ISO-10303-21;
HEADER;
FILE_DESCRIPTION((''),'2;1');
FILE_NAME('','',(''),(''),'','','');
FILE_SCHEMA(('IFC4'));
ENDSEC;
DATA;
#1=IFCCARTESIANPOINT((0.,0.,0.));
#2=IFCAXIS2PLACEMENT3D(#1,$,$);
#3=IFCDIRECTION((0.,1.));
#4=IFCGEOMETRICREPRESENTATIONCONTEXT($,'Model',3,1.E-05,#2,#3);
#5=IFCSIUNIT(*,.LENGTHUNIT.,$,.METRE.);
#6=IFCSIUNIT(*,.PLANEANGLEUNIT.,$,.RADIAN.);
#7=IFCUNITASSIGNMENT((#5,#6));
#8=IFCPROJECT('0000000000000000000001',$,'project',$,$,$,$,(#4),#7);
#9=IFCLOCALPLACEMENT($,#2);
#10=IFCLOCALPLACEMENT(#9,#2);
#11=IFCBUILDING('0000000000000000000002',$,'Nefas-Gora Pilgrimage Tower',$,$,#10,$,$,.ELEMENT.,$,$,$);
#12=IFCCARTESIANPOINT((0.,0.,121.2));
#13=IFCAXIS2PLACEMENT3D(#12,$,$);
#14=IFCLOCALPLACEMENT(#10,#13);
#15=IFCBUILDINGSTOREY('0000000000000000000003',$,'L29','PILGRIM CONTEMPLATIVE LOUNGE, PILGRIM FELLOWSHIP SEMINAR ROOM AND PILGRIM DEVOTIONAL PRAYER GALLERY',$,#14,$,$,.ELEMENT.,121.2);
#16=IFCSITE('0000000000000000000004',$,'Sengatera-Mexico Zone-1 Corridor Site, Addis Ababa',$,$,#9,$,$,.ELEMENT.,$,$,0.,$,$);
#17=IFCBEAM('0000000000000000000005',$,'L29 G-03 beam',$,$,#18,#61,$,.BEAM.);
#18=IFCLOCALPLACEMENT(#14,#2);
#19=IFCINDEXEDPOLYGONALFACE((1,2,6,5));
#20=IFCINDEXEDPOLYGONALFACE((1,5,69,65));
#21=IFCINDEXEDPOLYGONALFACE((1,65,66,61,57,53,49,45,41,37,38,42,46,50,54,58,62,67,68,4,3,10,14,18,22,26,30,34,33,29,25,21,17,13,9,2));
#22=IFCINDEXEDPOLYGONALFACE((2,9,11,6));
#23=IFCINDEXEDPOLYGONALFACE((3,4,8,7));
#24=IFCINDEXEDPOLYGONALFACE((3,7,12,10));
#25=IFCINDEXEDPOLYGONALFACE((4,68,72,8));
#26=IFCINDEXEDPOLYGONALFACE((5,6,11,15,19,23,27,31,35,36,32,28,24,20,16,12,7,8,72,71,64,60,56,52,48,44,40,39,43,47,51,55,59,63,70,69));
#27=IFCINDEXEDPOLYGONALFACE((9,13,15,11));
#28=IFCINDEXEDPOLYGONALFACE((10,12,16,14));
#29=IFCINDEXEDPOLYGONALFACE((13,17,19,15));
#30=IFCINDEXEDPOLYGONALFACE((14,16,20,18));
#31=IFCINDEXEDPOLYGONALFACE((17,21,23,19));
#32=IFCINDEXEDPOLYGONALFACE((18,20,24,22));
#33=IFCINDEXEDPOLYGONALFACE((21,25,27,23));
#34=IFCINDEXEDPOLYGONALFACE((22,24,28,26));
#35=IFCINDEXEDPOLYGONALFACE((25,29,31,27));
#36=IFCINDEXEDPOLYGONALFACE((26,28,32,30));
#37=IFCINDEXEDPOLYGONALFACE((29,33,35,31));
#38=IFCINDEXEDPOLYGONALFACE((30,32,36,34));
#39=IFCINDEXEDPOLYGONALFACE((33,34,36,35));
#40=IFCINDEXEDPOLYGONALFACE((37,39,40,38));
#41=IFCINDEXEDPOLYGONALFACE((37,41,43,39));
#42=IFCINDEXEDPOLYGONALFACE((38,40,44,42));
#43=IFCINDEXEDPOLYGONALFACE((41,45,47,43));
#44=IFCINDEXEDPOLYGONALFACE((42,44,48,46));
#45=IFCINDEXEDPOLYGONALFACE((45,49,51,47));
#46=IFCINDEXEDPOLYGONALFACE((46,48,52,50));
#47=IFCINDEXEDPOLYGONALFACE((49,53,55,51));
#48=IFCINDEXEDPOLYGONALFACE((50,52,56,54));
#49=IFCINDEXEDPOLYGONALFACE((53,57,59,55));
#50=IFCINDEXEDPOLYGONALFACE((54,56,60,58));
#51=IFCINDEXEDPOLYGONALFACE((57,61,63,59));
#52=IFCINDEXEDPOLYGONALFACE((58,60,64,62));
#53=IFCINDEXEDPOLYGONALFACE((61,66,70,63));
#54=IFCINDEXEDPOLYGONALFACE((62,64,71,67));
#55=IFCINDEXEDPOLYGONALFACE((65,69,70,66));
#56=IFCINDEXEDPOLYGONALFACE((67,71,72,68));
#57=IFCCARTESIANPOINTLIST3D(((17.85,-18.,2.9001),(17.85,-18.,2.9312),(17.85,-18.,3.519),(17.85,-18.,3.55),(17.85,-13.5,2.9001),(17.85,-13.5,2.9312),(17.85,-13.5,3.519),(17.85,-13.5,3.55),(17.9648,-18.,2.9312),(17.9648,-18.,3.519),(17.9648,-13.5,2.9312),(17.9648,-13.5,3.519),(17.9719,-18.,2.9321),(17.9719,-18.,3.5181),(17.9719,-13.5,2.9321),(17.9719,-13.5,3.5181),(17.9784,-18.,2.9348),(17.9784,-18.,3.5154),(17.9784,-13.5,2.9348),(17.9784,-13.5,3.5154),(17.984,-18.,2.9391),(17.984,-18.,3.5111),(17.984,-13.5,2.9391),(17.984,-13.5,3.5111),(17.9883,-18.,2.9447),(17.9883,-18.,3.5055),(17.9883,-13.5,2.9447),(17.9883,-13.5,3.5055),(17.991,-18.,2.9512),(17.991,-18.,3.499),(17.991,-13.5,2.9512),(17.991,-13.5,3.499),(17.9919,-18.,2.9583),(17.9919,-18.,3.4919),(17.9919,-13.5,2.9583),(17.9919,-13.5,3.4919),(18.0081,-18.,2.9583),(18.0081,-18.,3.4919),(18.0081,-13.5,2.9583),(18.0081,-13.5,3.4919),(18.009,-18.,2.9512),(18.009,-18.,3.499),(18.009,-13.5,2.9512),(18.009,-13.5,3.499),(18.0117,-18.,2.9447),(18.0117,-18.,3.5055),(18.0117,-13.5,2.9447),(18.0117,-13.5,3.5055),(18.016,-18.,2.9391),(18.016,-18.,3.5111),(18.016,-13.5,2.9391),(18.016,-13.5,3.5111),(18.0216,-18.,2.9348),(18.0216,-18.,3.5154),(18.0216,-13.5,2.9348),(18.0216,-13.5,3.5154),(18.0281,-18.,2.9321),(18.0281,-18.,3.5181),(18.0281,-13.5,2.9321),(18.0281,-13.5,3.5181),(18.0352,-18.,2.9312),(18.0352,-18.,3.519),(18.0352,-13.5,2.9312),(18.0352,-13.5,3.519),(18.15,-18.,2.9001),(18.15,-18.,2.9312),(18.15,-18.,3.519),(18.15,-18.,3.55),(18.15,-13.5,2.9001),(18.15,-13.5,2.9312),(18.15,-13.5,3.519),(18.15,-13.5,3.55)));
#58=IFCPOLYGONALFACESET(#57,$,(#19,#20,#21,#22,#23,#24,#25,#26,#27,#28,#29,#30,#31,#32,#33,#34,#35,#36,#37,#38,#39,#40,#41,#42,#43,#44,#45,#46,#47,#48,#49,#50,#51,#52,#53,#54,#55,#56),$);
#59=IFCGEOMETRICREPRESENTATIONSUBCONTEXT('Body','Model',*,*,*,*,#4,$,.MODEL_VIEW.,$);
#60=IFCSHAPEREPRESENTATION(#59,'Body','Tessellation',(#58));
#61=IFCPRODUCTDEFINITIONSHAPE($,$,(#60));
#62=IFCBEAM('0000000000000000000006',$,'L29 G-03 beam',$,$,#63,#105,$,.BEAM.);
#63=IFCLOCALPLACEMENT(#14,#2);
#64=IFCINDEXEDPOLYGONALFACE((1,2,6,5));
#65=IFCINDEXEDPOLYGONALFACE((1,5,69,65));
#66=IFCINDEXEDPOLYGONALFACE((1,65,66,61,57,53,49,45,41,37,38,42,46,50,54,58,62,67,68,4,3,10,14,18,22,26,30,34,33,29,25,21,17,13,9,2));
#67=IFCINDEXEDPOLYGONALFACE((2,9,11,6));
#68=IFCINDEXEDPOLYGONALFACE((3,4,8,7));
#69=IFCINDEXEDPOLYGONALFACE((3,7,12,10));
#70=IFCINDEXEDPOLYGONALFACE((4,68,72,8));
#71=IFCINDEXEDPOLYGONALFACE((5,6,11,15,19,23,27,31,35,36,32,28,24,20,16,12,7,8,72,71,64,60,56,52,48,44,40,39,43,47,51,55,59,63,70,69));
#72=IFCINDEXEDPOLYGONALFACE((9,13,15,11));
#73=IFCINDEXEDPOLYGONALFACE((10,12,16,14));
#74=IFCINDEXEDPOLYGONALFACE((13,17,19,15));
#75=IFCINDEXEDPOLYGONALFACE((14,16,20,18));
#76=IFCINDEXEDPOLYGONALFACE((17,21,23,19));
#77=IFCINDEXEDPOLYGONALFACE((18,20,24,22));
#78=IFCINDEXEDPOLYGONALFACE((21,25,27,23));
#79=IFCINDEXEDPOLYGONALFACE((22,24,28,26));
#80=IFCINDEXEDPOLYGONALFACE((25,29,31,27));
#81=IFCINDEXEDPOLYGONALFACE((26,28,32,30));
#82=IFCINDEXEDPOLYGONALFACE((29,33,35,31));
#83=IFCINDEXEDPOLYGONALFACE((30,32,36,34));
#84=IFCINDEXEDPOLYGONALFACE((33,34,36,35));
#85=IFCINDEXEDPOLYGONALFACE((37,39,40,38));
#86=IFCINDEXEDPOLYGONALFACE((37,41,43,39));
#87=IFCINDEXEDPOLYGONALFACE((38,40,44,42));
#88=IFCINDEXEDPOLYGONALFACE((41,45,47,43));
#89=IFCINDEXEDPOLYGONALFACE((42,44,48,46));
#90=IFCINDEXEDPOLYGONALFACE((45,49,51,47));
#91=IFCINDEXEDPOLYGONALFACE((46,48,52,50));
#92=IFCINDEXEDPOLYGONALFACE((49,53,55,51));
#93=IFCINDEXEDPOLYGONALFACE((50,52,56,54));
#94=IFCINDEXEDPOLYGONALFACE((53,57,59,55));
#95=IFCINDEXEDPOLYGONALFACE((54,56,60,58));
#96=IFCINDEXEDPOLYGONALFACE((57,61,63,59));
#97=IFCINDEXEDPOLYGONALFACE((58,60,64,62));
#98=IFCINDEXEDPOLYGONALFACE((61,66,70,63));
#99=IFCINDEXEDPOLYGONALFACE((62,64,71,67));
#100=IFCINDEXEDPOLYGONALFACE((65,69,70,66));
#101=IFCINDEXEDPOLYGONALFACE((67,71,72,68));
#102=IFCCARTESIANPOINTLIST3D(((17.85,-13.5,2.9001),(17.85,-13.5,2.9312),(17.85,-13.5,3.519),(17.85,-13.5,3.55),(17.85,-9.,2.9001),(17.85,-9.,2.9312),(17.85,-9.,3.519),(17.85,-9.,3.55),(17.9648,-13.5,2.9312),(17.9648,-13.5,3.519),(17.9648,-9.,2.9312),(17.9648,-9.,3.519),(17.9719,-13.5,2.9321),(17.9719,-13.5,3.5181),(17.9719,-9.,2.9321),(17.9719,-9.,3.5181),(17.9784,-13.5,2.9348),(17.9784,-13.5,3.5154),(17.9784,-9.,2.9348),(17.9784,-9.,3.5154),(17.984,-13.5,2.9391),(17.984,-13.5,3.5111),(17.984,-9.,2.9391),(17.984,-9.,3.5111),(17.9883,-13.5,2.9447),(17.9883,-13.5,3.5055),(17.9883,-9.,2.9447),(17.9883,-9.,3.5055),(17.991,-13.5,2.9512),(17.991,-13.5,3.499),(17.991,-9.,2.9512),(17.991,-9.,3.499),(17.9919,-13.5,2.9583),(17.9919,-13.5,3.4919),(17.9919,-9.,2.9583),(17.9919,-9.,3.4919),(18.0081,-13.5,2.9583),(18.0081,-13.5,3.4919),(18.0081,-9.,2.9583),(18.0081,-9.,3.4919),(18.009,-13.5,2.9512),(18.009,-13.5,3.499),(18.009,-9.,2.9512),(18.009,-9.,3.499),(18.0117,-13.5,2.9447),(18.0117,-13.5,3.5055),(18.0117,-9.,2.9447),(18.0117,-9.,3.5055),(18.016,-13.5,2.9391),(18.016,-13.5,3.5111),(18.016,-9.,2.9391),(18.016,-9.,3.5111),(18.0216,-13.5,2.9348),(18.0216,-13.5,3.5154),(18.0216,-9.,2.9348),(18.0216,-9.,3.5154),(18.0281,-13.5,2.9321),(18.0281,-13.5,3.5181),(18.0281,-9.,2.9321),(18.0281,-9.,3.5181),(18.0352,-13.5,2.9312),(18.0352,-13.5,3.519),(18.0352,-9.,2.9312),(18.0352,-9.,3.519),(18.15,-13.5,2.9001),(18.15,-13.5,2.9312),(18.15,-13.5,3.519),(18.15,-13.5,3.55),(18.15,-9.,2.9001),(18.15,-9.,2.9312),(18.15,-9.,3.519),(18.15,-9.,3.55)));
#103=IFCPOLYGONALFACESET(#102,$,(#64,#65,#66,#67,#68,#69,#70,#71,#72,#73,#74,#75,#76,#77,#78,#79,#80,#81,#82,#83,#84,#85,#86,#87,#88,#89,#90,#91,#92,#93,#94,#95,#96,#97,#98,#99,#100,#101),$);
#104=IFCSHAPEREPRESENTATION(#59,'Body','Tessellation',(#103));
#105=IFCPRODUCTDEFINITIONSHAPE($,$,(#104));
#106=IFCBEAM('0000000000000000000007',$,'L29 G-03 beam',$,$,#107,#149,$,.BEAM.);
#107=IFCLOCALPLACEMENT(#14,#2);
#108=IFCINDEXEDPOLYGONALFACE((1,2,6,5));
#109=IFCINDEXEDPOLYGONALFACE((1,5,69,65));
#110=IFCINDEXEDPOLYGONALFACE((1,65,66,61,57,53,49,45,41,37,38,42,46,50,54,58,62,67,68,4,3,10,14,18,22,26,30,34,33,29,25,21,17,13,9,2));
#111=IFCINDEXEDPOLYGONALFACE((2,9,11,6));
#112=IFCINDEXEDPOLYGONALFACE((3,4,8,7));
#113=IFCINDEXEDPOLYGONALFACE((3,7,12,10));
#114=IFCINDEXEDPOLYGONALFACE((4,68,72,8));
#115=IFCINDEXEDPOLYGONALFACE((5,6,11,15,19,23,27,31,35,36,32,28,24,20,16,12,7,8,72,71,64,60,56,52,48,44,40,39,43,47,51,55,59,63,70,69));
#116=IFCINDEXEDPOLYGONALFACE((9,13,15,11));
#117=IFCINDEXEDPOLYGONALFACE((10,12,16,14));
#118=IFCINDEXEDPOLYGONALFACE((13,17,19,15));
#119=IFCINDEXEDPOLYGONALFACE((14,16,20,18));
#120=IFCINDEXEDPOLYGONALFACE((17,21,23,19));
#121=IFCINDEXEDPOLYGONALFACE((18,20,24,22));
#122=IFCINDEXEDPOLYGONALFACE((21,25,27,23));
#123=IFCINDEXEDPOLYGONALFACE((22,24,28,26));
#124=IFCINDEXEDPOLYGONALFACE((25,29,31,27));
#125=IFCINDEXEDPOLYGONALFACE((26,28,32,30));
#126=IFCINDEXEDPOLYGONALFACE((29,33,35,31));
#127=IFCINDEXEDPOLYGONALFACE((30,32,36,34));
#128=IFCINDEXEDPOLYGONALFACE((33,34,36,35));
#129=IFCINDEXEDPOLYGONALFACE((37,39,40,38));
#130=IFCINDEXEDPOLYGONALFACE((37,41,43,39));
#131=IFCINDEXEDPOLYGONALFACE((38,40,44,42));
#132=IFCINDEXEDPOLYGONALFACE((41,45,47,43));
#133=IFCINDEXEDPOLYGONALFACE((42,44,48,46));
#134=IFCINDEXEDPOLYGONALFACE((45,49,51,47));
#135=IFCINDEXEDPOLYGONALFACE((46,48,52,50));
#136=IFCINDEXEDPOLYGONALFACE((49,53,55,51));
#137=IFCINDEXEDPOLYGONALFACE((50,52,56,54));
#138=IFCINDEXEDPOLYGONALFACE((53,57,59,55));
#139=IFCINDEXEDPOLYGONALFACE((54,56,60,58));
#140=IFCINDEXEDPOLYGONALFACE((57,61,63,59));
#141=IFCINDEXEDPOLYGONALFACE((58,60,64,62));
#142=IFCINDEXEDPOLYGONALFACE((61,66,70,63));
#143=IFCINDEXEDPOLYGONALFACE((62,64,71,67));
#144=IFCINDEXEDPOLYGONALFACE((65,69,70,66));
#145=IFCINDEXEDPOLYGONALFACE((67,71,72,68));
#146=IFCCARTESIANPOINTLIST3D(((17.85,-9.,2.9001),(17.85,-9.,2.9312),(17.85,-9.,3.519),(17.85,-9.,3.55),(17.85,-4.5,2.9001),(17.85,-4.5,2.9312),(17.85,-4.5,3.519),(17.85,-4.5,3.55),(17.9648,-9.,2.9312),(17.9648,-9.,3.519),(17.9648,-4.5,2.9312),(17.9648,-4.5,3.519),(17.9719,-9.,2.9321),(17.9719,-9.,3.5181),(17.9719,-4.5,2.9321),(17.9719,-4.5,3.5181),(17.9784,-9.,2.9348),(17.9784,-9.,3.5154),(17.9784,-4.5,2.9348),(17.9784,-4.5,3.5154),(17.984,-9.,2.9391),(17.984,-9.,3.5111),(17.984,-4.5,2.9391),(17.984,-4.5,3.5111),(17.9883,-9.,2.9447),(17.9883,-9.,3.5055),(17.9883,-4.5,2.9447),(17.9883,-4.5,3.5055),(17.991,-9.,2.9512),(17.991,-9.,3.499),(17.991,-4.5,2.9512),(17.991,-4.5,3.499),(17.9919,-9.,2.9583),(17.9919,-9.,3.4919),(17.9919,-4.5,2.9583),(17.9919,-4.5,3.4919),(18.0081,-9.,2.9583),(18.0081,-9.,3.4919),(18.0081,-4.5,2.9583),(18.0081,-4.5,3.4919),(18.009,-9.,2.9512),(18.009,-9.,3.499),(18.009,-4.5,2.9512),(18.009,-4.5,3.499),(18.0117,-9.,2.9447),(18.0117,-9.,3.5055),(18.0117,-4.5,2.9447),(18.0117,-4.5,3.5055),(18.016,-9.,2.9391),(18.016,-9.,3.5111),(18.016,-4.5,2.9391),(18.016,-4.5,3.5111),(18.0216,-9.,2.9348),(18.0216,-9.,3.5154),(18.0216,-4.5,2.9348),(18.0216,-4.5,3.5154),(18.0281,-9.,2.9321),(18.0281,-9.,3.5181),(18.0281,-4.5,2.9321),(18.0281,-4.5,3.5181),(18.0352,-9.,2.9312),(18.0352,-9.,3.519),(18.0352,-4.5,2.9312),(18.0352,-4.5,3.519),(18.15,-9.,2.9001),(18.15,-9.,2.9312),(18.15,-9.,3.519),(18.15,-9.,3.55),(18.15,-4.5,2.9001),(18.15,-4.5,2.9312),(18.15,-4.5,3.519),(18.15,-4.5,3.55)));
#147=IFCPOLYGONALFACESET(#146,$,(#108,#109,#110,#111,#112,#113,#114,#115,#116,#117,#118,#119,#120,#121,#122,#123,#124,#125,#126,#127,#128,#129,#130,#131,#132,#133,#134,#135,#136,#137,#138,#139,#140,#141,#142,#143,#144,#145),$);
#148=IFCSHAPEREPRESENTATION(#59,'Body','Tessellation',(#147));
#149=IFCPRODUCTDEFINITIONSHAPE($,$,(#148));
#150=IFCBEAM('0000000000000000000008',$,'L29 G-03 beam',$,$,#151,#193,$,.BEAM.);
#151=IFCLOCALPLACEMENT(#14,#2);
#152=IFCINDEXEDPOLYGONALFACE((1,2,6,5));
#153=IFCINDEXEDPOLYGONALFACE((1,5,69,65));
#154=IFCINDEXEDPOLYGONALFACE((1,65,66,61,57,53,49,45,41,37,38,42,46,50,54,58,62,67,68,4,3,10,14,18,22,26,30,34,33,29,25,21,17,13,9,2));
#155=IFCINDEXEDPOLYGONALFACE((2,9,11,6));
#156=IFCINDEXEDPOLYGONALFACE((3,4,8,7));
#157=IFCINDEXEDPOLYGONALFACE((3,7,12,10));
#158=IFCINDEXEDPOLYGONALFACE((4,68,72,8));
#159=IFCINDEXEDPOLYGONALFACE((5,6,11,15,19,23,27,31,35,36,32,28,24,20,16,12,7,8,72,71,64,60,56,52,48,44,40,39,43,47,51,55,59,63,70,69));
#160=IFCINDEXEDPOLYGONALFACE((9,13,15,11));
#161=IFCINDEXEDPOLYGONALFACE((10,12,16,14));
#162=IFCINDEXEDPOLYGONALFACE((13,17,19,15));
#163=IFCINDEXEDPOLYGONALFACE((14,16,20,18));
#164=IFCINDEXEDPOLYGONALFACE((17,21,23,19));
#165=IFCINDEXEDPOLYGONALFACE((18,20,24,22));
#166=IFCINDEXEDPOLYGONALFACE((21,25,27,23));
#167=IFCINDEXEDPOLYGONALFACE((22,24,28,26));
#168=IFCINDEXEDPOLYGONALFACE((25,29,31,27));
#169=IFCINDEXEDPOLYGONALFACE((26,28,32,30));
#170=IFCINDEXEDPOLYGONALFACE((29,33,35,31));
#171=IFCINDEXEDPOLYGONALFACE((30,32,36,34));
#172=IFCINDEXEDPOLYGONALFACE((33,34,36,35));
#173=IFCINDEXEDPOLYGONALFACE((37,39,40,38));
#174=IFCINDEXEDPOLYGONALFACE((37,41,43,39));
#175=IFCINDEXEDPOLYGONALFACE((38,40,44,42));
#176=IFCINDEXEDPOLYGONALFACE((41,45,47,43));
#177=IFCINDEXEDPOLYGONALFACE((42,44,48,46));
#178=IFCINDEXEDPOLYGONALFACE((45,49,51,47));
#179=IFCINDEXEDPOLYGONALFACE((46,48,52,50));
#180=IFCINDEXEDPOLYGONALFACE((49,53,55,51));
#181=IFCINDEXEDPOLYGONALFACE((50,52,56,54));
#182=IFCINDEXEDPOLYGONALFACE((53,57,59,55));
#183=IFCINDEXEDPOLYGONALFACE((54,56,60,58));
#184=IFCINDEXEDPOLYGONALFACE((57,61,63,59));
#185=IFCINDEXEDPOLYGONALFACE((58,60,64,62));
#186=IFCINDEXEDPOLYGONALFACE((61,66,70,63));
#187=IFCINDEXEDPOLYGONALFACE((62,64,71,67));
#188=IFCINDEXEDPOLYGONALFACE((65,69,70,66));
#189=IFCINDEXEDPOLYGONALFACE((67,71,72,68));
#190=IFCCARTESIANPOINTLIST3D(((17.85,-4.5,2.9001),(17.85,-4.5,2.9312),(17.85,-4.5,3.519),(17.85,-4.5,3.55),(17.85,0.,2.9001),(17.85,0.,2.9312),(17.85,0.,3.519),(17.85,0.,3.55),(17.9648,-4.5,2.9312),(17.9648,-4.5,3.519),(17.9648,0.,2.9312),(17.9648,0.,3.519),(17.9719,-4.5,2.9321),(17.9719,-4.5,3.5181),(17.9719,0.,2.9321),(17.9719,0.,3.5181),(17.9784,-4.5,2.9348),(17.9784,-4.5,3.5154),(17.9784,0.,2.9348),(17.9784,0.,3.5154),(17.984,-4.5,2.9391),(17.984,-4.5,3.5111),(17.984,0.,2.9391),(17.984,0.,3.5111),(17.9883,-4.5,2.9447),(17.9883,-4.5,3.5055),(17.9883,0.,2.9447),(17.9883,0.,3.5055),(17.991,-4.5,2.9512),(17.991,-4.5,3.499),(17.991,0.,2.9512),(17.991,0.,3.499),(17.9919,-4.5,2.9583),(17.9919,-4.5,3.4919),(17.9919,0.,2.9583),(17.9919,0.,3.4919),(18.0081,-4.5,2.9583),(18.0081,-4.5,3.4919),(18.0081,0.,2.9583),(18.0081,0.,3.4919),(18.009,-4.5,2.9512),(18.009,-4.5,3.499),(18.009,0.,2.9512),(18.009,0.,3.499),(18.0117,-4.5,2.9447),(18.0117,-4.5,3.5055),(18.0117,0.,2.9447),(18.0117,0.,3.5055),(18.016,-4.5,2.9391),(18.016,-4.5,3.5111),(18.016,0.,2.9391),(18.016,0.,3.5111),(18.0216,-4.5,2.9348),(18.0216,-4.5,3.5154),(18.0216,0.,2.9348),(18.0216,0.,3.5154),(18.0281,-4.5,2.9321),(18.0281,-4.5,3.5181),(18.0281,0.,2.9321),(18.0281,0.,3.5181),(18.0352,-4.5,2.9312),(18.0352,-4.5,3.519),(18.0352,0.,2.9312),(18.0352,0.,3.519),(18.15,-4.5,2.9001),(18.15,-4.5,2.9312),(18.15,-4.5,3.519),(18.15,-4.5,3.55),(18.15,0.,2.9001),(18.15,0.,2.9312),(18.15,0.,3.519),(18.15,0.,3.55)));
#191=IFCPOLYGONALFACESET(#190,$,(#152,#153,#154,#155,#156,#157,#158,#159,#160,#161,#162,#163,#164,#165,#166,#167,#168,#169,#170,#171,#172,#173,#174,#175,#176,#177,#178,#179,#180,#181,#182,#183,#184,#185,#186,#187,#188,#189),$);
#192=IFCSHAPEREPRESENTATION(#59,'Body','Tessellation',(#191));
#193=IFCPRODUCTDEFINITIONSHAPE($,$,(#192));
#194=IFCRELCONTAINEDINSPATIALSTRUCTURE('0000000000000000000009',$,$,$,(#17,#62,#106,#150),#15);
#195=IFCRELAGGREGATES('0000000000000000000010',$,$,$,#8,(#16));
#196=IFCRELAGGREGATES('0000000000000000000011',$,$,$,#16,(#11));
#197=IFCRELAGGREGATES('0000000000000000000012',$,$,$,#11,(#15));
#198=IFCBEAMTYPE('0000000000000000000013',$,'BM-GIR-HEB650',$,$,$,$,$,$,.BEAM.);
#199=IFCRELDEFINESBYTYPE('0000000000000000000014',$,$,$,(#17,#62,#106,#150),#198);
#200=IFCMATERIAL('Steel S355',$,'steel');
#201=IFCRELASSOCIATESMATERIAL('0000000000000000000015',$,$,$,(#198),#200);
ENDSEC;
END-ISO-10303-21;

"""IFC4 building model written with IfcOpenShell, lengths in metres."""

from ifc_helpers import new_model, si_unit, direction, frame, origin, origin_2d, place, context, subcontext, project, spatial, i_section, extrude, source, transform, mapped, material, material_profile, profile_set, type_object, element, save


model = new_model("IFC4")

# Units and contexts
model_context = context("Model", 3, precision=1e-05, world=origin(), true_north=direction((0.0, 1.0)))
body_context = subcontext(model_context, "Body", "Model", "MODEL_VIEW")
ifc_project = project(units=[si_unit("LENGTHUNIT", "METRE"), si_unit("PLANEANGLEUNIT", "RADIAN")], contexts=[model_context])

# Site, building, storey
site_placement = place(None, origin())
site = spatial("IfcSite", under=ifc_project, at=site_placement, Name="Sengatera-Mexico Zone-1 Corridor Site, Addis Ababa", CompositionType="ELEMENT", RefElevation=0.0)
building_placement = place(site_placement, origin())
building = spatial("IfcBuilding", under=site, at=building_placement, Name="Nefas-Gora Pilgrimage Tower", CompositionType="ELEMENT")
storey_placement = place(building_placement, frame((0.0, 0.0, 121.2)))
storey = spatial("IfcBuildingStorey", under=building, at=storey_placement, Name="L29", Description="PILGRIM CONTEMPLATIVE LOUNGE, PILGRIM FELLOWSHIP SEMINAR ROOM AND PILGRIM DEVOTIONAL PRAYER GALLERY", CompositionType="ELEMENT", Elevation=121.2)

# Beams
ifc_material_1 = material(Name="Steel S355", Category="steel")
ifc_material_profile_1 = material_profile(ifc_material_1, i_section(OverallWidth=0.3, OverallDepth=0.6499, WebThickness=0.0161, FlangeThickness=0.031, FilletRadius=0.0271, at=origin_2d()), Name="HEB 650")
ifc_profile_set_1 = profile_set([ifc_material_profile_1], Name="Steel S355")
beam_type_1 = type_object("IfcBeamType", Name="BM-GIR-HEB650", PredefinedType="BEAM", material=ifc_profile_set_1)
shared_shape_1 = source(origin(), body_context, "Body", "SweptSolid", [
    extrude(i_section(OverallWidth=0.3, OverallDepth=0.6499, WebThickness=0.0161, FlangeThickness=0.031, FilletRadius=0.0271, at=origin_2d()), origin(), (0.0, 0.0, 1.0), 4.5),
])
for number, where, z_axis, x_axis, name in (
    (1, (18.0, -18.0, 3.2251), (0.0, 1.0, 0.0), (-1.0, 0.0, 0.0), "L29 G-03 beam"),
    (2, (18.0, -13.5, 3.2251), (0.0, 1.0, 0.0), (-1.0, 0.0, 0.0), "L29 G-03 beam"),
    (3, (18.0, -9.0, 3.2251), (0.0, 1.0, 0.0), (-1.0, 0.0, 0.0), "L29 G-03 beam"),
    (4, (18.0, -4.5, 3.2251), (0.0, 1.0, 0.0), (-1.0, 0.0, 0.0), "L29 G-03 beam"),
):
    element("IfcBeam", number, at=place(storey_placement, frame(where, z_axis=z_axis, x_axis=x_axis)), inside=storey, type_object=beam_type_1, Name=name, PredefinedType="BEAM", context=body_context, shape_type="MappedRepresentation", body=[
        mapped(shared_shape_1, transform((0.0, 0.0, 0.0), x_axis=(1.0, 0.0, 0.0), y_axis=(0.0, 1.0, 0.0), z_axis=(0.0, 0.0, 1.0), scale=1.0)),
    ])

save(model, "model.ifc")
